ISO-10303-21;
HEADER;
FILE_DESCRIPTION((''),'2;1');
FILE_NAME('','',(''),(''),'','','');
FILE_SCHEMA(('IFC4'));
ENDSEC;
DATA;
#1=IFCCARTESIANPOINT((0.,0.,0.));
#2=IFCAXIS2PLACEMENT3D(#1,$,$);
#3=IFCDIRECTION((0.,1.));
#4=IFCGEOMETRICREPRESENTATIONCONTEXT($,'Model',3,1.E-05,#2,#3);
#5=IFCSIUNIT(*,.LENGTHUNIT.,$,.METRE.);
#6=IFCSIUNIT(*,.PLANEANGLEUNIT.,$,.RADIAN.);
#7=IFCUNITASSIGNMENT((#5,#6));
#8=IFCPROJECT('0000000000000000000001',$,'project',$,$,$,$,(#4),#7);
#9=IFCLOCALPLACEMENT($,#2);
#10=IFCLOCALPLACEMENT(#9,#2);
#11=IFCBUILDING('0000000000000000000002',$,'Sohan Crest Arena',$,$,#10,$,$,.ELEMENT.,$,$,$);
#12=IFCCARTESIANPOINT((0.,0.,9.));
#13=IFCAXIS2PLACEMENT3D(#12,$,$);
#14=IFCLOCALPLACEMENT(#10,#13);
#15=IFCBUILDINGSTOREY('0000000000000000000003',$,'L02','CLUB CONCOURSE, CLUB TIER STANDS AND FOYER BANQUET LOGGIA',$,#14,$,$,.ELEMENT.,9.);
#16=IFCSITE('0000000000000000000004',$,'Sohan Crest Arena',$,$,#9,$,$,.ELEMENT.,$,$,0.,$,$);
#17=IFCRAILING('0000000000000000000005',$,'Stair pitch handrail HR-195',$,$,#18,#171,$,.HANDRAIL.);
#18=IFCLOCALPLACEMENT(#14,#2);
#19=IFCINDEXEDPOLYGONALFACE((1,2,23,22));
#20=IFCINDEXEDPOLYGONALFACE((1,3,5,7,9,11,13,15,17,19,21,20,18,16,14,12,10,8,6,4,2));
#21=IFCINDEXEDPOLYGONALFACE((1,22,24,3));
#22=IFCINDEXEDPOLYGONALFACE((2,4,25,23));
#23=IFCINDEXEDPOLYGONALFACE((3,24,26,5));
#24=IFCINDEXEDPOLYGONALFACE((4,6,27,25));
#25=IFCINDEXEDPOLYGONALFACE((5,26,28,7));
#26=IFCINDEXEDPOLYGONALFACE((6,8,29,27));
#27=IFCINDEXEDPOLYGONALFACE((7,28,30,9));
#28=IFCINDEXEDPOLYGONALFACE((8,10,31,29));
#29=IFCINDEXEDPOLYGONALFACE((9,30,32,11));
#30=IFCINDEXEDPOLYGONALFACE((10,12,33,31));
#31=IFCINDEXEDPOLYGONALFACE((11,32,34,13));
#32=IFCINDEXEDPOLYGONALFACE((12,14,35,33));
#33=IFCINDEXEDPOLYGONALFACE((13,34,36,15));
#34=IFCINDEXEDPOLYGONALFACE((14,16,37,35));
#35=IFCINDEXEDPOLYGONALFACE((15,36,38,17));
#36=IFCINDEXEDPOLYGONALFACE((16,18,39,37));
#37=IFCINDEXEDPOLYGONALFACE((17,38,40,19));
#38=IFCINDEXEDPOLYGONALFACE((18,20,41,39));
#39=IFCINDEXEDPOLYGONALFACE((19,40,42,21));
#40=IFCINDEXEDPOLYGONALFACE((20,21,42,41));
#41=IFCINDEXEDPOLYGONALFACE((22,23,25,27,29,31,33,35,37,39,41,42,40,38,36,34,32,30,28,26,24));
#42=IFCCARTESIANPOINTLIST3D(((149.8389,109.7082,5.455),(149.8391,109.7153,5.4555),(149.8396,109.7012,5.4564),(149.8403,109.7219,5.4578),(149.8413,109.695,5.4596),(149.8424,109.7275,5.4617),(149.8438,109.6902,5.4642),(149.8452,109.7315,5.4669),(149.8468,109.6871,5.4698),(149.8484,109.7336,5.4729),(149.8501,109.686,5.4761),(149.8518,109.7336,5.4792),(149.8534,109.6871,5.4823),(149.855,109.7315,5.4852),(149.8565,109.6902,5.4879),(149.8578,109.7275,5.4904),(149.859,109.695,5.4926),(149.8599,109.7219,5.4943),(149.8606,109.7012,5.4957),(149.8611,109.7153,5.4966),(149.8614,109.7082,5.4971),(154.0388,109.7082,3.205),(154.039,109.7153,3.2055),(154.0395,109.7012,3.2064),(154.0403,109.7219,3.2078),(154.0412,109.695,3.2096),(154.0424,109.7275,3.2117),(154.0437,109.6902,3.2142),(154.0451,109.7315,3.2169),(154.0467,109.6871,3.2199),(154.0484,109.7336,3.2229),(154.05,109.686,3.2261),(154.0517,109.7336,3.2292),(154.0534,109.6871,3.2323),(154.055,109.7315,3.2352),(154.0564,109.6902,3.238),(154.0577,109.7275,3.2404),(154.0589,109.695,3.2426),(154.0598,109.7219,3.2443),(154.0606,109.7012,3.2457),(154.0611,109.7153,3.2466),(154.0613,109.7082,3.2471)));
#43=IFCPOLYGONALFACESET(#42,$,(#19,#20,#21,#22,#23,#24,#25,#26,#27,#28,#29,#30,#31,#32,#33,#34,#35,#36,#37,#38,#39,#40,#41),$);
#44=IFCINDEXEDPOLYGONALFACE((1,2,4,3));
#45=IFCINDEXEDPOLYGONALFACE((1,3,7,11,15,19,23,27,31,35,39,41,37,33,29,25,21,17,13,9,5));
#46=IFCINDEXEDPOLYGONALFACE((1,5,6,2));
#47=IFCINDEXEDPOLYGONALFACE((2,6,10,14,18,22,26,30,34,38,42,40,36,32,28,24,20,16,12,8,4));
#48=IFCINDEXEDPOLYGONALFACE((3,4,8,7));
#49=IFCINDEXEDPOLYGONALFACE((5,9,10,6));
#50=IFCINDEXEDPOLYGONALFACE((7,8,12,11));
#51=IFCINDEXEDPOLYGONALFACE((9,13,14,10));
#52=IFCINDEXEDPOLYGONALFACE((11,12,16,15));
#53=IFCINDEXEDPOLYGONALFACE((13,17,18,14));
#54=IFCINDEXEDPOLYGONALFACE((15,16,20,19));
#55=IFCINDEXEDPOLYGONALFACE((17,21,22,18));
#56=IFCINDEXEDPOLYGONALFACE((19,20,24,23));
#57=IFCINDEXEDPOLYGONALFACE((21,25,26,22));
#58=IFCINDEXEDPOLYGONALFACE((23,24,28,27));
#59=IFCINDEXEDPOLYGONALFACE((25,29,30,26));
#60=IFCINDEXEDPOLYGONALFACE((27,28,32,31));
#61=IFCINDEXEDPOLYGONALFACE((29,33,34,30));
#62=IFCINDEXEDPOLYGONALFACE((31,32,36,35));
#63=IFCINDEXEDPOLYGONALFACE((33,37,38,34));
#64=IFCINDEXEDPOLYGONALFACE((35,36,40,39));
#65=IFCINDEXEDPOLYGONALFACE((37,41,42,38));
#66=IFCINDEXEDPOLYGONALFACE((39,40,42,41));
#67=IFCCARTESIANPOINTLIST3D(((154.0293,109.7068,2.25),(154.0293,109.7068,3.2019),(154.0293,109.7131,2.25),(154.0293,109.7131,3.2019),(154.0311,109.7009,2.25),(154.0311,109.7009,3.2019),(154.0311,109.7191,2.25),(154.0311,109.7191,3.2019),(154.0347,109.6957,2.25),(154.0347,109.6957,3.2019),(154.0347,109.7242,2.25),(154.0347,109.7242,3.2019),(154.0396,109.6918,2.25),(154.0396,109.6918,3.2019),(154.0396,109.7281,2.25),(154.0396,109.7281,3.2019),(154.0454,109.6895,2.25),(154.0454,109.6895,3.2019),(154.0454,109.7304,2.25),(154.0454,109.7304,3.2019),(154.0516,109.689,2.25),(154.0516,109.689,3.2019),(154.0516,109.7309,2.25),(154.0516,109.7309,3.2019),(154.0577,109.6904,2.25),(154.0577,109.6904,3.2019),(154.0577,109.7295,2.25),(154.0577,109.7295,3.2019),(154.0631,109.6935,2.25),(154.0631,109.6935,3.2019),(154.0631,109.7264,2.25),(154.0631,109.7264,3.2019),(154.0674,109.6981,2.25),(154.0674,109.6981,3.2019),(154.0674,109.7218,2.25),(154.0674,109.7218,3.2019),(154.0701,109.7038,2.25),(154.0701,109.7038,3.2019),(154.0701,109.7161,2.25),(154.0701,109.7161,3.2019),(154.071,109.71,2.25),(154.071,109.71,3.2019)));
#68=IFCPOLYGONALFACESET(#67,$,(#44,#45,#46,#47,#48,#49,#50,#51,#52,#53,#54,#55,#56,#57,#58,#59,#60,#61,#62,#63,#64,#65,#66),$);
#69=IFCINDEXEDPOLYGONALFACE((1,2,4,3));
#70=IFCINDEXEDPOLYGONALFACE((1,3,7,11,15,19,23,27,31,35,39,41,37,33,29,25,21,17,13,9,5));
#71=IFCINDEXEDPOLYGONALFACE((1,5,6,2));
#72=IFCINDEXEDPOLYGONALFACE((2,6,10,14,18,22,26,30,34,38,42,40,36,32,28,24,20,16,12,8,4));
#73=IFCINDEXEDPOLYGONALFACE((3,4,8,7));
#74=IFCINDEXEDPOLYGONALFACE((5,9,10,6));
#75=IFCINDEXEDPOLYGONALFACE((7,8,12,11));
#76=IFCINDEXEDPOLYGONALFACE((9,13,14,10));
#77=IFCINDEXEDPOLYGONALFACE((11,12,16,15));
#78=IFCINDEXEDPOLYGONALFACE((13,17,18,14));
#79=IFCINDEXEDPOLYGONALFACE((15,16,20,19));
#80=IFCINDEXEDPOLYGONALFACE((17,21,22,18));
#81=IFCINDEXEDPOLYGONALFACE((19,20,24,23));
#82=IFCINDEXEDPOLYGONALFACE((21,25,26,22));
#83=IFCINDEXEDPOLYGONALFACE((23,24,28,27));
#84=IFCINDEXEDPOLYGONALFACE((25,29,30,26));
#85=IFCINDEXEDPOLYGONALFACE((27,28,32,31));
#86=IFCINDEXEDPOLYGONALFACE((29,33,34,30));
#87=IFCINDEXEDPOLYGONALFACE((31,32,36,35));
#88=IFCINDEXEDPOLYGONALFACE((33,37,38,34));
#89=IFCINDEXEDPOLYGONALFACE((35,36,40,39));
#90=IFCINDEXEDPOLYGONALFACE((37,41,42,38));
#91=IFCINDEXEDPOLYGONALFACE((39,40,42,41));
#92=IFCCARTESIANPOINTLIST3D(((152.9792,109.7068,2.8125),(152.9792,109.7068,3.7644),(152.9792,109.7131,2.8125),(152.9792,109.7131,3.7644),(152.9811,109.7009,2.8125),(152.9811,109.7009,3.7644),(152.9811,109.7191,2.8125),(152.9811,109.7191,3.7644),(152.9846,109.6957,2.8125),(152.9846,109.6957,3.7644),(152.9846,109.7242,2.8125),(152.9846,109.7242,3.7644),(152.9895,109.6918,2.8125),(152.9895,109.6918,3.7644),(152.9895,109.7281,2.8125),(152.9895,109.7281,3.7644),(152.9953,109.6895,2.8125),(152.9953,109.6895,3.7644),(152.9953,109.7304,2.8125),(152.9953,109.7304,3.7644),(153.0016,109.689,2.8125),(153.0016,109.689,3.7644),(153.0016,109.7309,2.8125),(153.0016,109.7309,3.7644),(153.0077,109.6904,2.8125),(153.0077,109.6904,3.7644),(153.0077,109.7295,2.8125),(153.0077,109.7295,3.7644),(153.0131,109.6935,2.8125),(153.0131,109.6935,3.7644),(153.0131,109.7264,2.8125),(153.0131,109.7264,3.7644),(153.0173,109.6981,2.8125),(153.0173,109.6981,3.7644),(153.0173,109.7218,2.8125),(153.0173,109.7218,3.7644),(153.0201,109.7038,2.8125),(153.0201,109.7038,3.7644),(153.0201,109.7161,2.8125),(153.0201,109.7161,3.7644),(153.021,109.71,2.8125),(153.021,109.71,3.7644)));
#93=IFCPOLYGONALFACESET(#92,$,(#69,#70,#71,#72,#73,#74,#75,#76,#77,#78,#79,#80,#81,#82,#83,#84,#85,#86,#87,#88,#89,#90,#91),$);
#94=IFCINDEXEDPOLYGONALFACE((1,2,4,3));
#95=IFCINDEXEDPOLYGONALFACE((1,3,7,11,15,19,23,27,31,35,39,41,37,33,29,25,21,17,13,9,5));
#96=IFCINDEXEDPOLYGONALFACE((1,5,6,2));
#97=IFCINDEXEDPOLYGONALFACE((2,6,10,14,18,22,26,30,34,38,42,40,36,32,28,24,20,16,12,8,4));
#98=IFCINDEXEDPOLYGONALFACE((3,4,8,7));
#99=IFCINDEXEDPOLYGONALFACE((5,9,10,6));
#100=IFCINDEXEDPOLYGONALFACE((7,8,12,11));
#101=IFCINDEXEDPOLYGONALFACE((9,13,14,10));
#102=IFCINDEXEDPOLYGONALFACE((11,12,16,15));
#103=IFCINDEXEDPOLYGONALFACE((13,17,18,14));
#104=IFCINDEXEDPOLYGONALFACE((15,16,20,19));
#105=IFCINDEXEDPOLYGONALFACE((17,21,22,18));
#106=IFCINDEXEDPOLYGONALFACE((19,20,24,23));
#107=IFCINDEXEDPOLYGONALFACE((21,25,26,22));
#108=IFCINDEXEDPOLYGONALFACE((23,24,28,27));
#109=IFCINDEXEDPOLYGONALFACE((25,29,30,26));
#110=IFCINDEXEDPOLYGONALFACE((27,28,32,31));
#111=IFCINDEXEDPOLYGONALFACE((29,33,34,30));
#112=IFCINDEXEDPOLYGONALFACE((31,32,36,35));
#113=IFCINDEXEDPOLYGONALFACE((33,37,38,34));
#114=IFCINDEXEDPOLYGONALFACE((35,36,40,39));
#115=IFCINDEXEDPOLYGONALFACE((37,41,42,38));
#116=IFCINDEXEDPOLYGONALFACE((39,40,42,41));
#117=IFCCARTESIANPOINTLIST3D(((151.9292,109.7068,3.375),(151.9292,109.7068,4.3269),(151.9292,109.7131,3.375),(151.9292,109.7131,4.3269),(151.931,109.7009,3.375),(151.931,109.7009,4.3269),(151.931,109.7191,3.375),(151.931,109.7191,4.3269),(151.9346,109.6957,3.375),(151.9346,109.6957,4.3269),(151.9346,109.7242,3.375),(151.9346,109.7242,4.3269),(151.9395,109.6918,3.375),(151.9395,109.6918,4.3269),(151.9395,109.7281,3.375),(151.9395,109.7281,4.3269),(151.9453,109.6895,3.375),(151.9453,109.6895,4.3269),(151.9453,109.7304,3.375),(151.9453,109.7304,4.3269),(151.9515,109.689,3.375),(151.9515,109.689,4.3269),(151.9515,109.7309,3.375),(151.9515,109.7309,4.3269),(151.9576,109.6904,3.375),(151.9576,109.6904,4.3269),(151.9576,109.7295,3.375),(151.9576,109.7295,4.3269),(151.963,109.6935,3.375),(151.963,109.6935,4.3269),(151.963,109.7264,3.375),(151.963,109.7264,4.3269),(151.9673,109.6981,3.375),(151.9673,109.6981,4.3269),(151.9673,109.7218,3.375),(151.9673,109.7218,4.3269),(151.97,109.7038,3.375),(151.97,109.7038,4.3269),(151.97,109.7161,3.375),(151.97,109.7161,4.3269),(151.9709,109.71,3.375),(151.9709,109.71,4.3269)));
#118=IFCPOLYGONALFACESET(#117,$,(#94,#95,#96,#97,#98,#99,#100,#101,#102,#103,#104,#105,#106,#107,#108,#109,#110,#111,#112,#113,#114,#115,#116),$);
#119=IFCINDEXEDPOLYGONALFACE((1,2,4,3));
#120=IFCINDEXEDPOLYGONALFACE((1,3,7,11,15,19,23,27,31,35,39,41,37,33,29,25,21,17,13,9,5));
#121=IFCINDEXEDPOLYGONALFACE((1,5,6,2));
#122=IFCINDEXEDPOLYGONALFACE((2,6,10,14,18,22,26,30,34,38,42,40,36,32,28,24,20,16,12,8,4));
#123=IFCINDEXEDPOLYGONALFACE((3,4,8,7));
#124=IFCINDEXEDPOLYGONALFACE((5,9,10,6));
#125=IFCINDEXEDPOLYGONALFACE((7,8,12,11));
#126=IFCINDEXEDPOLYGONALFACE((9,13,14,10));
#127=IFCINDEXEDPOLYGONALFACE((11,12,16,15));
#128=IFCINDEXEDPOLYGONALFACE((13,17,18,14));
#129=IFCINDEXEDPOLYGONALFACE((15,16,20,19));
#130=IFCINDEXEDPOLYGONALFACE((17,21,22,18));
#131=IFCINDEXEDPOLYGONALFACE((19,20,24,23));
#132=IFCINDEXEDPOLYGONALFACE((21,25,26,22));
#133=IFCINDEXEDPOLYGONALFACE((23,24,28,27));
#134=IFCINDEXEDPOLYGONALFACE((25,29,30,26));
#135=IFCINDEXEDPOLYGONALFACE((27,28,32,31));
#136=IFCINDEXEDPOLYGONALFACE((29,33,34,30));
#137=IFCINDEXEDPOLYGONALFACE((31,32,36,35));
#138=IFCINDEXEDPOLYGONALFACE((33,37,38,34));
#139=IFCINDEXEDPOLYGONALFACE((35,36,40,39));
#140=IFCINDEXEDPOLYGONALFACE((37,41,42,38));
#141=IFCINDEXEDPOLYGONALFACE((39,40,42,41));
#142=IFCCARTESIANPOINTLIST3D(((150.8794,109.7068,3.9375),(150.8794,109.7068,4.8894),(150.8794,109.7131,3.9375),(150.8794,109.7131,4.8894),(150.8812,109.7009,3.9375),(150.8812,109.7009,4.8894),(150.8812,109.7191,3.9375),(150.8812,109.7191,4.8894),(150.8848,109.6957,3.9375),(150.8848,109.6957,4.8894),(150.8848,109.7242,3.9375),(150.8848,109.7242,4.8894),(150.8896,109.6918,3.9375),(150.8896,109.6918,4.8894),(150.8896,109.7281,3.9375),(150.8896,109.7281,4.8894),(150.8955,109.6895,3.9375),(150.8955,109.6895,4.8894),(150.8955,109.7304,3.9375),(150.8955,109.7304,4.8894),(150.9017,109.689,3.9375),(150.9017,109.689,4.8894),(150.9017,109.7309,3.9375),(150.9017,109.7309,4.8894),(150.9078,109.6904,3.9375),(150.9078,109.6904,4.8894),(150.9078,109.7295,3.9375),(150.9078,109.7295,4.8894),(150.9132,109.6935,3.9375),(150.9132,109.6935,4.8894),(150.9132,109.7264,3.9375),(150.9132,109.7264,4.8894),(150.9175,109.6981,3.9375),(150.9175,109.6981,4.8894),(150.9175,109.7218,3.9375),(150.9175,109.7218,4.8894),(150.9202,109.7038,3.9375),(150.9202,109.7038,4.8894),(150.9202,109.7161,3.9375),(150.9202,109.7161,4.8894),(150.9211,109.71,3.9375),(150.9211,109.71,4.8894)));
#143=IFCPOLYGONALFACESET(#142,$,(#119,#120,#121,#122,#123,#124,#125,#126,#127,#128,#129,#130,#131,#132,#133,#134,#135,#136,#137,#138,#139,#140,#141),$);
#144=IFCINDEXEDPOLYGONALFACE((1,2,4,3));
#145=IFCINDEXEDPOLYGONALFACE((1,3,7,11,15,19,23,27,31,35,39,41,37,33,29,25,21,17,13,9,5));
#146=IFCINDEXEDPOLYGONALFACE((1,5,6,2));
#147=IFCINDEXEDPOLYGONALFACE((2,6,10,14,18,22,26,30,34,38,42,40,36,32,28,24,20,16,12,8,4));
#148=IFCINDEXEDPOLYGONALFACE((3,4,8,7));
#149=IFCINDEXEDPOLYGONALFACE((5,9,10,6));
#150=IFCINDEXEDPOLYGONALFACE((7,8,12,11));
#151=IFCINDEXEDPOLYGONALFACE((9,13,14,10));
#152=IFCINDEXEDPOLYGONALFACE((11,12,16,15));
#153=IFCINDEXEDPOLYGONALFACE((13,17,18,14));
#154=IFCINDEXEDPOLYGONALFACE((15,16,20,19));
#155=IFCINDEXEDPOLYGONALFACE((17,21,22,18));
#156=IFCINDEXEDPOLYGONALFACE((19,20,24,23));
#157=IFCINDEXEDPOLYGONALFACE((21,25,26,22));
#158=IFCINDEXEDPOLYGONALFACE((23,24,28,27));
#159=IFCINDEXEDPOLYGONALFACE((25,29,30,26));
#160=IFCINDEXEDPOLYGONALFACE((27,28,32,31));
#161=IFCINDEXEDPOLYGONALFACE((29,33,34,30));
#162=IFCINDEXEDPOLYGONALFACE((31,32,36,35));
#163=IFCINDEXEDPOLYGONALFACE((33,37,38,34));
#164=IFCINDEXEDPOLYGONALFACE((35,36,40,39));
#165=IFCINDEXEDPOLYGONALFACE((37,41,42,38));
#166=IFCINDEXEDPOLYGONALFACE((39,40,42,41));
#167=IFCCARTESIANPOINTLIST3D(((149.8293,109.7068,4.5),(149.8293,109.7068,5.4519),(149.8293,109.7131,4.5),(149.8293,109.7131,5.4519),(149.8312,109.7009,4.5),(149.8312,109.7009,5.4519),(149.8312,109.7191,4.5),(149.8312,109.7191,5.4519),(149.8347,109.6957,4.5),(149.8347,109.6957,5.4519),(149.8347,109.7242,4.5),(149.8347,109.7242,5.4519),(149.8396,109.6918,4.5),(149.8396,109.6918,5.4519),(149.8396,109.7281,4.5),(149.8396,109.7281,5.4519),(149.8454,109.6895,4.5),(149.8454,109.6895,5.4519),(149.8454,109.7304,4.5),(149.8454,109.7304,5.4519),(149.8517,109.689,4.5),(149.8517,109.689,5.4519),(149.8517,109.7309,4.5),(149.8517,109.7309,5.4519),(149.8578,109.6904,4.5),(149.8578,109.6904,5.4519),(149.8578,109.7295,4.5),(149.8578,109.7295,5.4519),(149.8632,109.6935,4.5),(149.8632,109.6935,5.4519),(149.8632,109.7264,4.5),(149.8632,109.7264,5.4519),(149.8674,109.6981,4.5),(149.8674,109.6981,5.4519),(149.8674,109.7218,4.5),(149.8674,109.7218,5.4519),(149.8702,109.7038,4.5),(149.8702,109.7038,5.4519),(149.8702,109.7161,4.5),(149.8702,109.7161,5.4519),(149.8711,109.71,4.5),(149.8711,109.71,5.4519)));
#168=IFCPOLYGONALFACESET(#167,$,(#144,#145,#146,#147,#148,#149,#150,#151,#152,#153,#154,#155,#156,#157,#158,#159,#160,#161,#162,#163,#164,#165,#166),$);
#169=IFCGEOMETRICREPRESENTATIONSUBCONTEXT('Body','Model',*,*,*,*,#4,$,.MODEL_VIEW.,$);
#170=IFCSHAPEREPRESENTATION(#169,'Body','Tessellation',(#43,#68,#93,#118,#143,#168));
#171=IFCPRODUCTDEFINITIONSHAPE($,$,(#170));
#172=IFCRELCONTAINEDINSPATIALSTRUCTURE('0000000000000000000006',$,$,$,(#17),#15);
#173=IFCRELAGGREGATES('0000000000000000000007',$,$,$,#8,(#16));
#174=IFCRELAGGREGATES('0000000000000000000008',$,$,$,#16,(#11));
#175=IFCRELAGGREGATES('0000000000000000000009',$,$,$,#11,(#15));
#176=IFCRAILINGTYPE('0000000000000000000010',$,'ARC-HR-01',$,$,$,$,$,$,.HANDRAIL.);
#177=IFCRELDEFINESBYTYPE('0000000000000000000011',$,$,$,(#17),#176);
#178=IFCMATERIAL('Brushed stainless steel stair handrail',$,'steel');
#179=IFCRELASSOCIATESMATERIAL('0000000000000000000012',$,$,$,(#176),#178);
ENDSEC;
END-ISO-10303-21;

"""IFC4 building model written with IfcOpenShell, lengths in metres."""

from ifc_helpers import new_model, si_unit, direction, frame, origin, origin_2d, place, context, subcontext, project, spatial, circle, extrude, material, type_object, element, save


model = new_model("IFC4")

# Units and contexts
model_context = context("Model", 3, precision=1e-05, world=origin(), true_north=direction((0.0, 1.0)))
body_context = subcontext(model_context, "Body", "Model", "MODEL_VIEW")
ifc_project = project(units=[si_unit("LENGTHUNIT", "METRE"), si_unit("PLANEANGLEUNIT", "RADIAN")], contexts=[model_context])

# Site, building, storey
site_placement = place(None, origin())
site = spatial("IfcSite", under=ifc_project, at=site_placement, Name="Sohan Crest Arena", CompositionType="ELEMENT", RefElevation=0.0)
building_placement = place(site_placement, origin())
building = spatial("IfcBuilding", under=site, at=building_placement, Name="Sohan Crest Arena", CompositionType="ELEMENT")
storey_placement = place(building_placement, frame((0.0, 0.0, 9.0)))
storey = spatial("IfcBuildingStorey", under=building, at=storey_placement, Name="L02", Description="CLUB CONCOURSE, CLUB TIER STANDS AND FOYER BANQUET LOGGIA", CompositionType="ELEMENT", Elevation=9.0)

# Railing
ifc_material_1 = material(Name="Brushed stainless steel stair handrail", Category="steel")
railing_type_1 = type_object("IfcRailingType", Name="ARC-HR-01", PredefinedType="HANDRAIL", material=ifc_material_1)
railing_1_placement = place(storey_placement, frame((154.05, 109.71, 2.25)))
element("IfcRailing", 1, at=railing_1_placement, inside=storey, type_object=railing_type_1, Name="Stair pitch handrail HR-195", PredefinedType="HANDRAIL", context=body_context, shape_type="SweptSolid", body=[
    extrude(circle(Radius=0.0239, at=origin_2d()), frame((0.0, 0.0, 0.9761), z_axis=(-0.881478, 0.0, 0.472226), x_axis=(0.0, -1.0, 0.0)), (0.0, 0.0, 1.0), 4.7646),
    extrude(circle(Radius=0.021, at=origin_2d()), origin(), (0.0, 0.0, 1.0), 0.9519),
    extrude(circle(Radius=0.021, at=origin_2d()), frame((-1.05, 0.0, 0.5625)), (0.0, 0.0, 1.0), 0.9519),
    extrude(circle(Radius=0.021, at=origin_2d()), frame((-2.1001, 0.0, 1.125)), (0.0, 0.0, 1.0), 0.9519),
    extrude(circle(Radius=0.021, at=origin_2d()), frame((-3.1499, 0.0, 1.6875)), (0.0, 0.0, 1.0), 0.9519),
    extrude(circle(Radius=0.021, at=origin_2d()), frame((-4.2, 0.0, 2.25)), (0.0, 0.0, 1.0), 0.9519),
])

save(model, "model.ifc")
